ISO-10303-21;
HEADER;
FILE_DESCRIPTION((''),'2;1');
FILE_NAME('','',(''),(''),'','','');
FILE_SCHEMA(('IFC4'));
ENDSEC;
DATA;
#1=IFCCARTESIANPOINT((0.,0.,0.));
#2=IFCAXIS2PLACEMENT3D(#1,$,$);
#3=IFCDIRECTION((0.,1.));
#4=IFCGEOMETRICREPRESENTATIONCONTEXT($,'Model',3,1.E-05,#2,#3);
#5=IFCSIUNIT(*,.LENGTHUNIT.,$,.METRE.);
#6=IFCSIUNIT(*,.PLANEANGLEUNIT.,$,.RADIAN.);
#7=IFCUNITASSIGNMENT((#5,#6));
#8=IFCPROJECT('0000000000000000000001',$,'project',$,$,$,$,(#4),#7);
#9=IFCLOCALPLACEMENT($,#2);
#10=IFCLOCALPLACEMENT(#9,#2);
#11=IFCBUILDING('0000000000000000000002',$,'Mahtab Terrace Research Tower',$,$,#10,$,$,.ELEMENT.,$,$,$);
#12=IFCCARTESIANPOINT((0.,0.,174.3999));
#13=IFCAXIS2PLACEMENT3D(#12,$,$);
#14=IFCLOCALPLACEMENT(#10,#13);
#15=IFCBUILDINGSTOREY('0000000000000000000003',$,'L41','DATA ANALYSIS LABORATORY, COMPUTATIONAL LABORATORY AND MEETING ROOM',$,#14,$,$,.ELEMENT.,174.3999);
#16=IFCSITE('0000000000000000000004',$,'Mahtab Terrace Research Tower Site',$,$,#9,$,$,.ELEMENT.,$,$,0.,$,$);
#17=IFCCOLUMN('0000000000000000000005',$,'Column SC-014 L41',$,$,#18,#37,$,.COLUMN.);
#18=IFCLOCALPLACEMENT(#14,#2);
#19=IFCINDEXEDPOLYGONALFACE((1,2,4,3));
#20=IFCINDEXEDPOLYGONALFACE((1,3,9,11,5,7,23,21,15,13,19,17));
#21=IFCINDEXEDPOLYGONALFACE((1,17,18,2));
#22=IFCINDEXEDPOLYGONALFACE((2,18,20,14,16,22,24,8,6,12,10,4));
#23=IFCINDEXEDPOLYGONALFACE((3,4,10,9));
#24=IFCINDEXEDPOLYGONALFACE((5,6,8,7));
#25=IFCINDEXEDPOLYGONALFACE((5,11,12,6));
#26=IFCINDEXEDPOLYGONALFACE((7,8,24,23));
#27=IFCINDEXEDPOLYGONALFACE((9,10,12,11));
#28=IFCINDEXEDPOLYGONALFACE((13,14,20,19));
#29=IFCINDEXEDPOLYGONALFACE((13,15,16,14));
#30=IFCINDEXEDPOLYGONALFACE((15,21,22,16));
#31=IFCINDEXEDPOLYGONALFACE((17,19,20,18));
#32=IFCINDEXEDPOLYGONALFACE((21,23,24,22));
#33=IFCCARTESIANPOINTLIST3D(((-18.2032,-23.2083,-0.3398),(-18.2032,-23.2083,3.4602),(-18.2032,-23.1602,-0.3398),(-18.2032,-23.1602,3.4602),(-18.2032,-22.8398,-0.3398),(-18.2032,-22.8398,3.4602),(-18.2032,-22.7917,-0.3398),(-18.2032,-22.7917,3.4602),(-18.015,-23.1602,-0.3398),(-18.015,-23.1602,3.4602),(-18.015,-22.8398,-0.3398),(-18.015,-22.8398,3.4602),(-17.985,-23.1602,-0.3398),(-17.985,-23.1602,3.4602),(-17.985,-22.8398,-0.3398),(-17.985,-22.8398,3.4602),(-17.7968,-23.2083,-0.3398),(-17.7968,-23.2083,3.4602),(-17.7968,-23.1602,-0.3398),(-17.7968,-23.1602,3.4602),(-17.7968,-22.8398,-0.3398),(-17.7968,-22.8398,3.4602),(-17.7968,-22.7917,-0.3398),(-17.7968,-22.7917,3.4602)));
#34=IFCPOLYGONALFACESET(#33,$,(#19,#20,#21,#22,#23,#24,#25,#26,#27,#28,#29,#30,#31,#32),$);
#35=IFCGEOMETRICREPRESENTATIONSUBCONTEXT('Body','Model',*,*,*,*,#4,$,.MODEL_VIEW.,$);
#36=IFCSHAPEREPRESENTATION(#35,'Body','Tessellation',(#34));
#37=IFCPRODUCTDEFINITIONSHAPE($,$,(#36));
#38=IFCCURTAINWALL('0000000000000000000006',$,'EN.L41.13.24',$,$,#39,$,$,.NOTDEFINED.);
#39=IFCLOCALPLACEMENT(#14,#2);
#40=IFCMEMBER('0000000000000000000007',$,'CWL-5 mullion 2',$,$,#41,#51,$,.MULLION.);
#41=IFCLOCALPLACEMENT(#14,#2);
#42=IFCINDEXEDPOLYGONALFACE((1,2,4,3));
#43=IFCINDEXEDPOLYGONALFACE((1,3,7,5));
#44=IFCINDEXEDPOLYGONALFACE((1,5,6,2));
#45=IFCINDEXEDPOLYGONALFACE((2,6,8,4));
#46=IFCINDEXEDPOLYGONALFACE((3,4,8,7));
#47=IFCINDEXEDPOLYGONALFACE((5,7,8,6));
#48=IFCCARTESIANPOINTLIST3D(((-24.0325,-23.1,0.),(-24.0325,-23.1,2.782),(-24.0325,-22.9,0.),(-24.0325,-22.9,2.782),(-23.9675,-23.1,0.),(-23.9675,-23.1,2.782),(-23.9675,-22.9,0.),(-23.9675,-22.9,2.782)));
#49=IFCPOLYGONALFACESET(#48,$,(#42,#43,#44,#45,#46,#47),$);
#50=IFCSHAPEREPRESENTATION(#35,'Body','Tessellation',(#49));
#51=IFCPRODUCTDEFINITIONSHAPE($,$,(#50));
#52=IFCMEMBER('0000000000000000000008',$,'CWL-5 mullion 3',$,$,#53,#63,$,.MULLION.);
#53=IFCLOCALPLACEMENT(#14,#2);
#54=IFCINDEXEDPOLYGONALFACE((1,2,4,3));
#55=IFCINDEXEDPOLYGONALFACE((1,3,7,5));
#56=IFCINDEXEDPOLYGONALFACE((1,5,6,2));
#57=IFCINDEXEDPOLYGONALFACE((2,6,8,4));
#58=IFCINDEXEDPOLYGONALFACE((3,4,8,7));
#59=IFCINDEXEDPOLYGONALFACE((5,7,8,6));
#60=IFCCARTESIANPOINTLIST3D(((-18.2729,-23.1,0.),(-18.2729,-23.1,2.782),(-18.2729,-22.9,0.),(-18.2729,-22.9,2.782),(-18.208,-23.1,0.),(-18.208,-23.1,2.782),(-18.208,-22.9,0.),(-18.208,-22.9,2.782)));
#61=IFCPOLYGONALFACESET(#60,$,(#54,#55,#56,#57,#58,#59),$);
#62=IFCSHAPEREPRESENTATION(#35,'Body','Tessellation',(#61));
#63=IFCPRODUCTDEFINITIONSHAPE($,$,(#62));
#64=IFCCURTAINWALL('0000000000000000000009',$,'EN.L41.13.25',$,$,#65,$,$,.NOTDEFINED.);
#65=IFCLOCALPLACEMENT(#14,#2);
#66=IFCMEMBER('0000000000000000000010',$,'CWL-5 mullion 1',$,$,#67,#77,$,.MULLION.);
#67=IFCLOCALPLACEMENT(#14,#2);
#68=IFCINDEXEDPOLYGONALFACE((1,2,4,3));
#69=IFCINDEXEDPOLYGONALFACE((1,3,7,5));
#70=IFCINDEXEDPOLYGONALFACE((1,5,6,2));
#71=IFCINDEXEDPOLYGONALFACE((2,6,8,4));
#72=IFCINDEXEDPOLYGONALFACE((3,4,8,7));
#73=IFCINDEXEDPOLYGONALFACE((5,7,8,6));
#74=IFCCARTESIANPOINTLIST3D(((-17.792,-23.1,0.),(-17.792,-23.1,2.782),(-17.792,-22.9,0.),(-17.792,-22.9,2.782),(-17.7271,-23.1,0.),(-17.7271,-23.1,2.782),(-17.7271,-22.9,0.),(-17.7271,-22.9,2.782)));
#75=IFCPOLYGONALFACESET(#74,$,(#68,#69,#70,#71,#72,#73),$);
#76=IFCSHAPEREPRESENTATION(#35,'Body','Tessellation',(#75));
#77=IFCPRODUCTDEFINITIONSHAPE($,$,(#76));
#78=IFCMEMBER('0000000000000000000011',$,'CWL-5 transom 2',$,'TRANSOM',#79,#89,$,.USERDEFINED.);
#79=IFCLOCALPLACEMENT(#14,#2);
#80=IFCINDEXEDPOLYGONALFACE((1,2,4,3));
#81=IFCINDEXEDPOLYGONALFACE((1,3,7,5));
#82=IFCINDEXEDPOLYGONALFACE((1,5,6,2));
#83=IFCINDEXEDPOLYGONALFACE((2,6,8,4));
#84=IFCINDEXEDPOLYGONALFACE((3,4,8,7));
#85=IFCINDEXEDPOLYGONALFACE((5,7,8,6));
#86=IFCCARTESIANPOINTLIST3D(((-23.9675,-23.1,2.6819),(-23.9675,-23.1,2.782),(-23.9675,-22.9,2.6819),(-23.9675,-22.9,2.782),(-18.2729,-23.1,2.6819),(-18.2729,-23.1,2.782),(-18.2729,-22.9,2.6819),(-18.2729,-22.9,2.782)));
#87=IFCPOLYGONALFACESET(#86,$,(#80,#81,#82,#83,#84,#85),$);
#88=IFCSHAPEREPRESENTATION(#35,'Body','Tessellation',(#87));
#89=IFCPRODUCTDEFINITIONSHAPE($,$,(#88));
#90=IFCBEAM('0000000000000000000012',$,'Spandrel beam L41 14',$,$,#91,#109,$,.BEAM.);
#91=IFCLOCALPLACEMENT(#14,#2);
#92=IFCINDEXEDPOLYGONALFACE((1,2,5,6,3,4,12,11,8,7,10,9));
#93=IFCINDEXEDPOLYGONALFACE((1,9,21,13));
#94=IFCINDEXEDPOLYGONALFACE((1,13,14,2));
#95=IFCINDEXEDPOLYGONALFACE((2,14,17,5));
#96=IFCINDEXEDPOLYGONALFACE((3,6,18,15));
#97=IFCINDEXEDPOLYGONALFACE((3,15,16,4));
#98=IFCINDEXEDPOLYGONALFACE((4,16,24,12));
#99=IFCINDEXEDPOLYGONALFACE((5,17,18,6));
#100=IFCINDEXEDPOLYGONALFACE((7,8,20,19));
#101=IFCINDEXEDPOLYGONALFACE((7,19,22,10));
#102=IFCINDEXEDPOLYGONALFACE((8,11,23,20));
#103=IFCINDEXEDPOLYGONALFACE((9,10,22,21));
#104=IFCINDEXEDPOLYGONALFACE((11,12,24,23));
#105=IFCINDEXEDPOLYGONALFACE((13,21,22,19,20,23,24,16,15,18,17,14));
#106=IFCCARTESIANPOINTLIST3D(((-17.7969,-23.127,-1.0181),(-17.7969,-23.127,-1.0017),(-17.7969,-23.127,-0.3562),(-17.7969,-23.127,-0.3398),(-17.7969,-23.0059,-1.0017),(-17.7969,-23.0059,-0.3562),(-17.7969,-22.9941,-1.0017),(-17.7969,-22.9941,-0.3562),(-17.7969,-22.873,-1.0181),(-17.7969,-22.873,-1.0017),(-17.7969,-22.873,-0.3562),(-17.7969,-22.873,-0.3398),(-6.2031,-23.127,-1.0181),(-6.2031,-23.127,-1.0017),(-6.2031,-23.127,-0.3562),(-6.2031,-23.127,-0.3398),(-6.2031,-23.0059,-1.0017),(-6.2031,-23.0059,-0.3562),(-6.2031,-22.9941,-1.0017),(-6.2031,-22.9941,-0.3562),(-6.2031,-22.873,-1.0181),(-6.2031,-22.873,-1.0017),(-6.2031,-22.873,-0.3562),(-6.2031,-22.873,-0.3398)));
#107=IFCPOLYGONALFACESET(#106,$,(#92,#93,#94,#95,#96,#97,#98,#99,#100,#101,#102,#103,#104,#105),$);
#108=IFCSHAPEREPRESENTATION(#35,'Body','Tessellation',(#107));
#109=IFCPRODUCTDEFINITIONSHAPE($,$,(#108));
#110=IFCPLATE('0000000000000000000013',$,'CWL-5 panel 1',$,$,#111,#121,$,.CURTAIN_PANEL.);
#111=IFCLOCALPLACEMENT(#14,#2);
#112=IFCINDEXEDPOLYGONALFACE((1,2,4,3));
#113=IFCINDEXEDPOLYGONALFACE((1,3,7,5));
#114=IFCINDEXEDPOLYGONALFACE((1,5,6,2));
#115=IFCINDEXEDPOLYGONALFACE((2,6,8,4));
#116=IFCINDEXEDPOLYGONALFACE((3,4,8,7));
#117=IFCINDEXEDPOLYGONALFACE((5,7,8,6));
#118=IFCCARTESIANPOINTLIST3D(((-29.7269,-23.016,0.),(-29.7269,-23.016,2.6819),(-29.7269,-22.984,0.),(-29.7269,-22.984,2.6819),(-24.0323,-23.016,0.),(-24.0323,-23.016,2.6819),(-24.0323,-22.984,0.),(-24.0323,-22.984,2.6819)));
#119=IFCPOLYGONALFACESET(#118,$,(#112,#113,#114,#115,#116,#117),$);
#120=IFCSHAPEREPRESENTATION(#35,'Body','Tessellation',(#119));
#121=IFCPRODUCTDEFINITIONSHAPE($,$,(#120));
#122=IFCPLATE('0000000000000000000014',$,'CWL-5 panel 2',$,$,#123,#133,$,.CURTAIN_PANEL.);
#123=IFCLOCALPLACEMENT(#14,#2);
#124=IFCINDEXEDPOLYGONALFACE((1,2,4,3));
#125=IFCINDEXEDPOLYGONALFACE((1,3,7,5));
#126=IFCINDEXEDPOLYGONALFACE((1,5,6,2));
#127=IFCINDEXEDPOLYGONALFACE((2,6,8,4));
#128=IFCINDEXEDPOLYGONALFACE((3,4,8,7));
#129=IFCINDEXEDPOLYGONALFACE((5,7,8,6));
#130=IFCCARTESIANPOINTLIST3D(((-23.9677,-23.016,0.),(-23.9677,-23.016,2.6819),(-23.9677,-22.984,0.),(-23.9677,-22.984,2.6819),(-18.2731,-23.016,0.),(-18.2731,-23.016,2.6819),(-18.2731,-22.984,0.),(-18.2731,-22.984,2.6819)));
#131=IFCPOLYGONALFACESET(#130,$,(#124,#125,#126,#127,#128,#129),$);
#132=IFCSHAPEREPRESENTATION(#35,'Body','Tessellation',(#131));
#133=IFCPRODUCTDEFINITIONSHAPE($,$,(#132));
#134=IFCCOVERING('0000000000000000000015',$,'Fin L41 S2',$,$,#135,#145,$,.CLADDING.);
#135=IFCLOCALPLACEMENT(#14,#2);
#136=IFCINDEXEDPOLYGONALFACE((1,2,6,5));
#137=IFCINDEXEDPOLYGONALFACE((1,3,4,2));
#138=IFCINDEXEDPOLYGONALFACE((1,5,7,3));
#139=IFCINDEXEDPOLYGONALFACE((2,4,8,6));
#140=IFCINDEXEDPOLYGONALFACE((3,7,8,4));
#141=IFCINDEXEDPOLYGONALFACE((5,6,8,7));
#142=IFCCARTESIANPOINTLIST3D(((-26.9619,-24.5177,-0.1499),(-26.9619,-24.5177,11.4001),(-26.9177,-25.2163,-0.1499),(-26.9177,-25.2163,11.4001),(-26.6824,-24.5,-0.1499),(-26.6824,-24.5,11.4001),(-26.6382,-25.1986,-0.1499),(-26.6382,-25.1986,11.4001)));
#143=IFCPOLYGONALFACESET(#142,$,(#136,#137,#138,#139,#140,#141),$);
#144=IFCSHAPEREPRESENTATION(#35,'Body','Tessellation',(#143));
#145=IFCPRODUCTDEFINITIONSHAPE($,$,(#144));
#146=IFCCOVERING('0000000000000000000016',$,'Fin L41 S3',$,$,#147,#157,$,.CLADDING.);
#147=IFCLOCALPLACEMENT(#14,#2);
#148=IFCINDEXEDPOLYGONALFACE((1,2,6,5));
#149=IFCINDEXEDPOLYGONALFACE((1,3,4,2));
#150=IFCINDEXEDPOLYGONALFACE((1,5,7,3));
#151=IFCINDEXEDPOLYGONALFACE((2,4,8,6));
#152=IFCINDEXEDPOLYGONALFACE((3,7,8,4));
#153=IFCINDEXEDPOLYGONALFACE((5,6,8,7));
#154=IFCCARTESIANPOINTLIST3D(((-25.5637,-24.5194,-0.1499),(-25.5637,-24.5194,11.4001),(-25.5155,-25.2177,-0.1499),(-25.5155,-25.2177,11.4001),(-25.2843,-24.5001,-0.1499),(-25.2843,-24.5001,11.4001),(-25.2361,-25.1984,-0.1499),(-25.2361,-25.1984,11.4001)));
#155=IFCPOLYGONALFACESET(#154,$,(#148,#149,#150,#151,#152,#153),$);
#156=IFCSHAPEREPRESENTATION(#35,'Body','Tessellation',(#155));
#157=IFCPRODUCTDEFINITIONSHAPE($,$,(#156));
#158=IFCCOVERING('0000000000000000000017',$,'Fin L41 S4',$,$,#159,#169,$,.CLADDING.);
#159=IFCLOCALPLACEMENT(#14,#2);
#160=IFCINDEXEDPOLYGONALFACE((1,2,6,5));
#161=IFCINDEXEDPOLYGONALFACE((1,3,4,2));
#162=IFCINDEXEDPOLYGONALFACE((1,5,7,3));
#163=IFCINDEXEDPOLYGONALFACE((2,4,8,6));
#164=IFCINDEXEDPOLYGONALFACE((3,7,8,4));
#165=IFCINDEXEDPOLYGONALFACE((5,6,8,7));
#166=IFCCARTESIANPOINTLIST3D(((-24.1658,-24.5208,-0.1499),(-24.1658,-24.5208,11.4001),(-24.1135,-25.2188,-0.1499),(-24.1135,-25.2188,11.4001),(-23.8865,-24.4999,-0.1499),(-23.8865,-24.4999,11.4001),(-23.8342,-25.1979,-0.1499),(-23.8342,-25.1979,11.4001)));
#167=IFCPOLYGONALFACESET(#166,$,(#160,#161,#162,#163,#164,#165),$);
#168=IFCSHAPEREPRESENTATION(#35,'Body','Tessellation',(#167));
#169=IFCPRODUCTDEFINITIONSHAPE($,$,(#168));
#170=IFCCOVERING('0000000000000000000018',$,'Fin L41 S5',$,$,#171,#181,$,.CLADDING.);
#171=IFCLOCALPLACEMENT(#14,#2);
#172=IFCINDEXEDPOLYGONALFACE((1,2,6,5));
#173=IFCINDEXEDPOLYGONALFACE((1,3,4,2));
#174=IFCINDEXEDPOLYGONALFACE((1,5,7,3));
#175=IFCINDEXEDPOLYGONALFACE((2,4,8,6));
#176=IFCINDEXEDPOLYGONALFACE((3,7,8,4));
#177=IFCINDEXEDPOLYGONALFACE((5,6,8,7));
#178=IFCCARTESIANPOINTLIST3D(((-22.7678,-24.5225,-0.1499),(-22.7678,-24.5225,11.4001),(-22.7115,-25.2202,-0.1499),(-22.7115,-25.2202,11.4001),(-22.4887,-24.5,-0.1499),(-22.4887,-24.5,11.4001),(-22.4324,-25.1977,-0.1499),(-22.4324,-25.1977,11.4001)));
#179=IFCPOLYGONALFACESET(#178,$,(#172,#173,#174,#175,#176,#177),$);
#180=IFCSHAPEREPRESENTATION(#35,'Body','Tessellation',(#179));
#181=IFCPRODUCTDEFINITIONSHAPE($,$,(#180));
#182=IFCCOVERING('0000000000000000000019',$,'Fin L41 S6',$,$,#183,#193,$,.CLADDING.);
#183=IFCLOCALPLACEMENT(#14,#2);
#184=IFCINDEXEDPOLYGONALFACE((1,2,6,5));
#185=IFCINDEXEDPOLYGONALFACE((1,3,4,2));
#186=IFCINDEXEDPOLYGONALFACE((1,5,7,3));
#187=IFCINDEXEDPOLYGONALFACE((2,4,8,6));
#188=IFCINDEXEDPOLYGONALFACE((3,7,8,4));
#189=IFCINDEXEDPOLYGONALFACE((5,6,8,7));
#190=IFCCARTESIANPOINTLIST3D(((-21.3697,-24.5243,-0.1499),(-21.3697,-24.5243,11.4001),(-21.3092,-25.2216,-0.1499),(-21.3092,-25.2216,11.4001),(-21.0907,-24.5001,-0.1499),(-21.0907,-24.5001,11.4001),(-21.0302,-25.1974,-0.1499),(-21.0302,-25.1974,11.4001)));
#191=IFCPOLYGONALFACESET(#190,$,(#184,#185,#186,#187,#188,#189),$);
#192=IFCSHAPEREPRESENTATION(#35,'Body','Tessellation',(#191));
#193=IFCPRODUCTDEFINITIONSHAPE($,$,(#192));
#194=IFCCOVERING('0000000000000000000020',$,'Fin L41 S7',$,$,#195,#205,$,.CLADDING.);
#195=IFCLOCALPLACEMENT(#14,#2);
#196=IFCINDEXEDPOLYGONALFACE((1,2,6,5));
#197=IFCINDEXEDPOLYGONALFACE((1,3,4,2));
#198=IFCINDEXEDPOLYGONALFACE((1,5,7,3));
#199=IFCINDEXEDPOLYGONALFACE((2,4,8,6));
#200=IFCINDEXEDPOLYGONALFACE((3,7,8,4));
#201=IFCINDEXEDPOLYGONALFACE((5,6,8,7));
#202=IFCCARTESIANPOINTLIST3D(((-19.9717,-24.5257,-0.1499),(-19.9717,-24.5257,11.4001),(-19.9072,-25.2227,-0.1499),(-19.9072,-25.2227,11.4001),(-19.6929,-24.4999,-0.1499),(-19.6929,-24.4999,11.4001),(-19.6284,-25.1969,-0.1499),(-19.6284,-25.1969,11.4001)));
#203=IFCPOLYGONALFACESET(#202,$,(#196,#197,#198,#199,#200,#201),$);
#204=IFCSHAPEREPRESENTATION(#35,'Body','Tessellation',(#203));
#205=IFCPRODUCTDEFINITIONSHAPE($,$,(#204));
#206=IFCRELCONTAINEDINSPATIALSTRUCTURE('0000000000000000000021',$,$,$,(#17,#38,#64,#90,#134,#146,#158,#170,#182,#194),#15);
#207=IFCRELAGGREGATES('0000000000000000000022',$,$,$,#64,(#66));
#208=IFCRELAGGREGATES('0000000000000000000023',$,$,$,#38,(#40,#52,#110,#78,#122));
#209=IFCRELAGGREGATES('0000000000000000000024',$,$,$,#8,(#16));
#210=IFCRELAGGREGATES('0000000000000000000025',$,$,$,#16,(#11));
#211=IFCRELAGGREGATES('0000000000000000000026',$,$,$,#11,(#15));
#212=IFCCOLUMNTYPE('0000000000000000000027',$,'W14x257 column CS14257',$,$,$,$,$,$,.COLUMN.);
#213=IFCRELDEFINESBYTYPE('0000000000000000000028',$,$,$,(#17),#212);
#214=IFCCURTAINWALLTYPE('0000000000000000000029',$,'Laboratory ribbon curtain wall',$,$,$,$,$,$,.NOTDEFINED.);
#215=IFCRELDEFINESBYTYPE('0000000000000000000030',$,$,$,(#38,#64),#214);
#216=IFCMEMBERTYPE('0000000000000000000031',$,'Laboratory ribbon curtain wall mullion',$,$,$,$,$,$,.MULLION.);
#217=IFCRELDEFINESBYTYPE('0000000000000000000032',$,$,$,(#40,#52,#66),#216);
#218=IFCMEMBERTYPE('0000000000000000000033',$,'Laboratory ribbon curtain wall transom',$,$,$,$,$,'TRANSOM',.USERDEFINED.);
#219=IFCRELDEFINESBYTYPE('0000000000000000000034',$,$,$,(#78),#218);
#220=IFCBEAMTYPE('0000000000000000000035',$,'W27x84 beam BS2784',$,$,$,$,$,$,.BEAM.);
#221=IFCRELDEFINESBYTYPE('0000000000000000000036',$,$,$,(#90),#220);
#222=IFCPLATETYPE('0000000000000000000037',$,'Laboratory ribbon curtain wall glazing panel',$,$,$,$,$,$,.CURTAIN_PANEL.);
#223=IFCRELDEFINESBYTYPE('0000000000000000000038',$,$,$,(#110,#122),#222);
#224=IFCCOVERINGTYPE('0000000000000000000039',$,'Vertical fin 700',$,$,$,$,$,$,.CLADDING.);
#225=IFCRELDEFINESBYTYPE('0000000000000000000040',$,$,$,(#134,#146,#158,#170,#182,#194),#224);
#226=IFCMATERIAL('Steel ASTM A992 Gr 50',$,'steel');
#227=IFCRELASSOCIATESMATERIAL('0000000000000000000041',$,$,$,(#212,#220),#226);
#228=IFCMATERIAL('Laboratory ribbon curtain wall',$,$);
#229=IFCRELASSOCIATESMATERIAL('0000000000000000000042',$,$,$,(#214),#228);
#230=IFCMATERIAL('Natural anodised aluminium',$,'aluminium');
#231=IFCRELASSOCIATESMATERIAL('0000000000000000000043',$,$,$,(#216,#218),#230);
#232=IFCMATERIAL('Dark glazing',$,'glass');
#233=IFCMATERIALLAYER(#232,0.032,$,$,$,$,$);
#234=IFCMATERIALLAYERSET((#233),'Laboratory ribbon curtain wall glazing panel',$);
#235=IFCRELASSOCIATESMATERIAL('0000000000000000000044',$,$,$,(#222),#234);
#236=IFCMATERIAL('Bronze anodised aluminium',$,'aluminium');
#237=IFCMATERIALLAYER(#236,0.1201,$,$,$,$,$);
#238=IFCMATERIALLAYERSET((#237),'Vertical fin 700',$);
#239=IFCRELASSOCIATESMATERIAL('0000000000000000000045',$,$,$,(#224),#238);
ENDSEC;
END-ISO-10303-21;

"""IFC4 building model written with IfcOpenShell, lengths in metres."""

from ifc_helpers import new_model, si_unit, direction, frame, origin, origin_2d, place, context, subcontext, project, spatial, rectangle, i_section, extrude, material, layer, layer_set, material_profile, profile_set, type_object, element, aggregate, save


model = new_model("IFC4")

# Units and contexts
model_context = context("Model", 3, precision=1e-05, world=origin(), true_north=direction((0.0, 1.0)))
body_context = subcontext(model_context, "Body", "Model", "MODEL_VIEW")
ifc_project = project(units=[si_unit("LENGTHUNIT", "METRE"), si_unit("PLANEANGLEUNIT", "RADIAN")], contexts=[model_context])

# Site, building, storey
site_placement = place(None, origin())
site = spatial("IfcSite", under=ifc_project, at=site_placement, Name="Mahtab Terrace Research Tower Site", CompositionType="ELEMENT", RefElevation=0.0)
building_placement = place(site_placement, origin())
building = spatial("IfcBuilding", under=site, at=building_placement, Name="Mahtab Terrace Research Tower", CompositionType="ELEMENT")
storey_placement = place(building_placement, frame((0.0, 0.0, 174.3999)))
storey = spatial("IfcBuildingStorey", under=building, at=storey_placement, Name="L41", Description="DATA ANALYSIS LABORATORY, COMPUTATIONAL LABORATORY AND MEETING ROOM", CompositionType="ELEMENT", Elevation=174.3999)

# Column
ifc_material_1 = material(Name="Steel ASTM A992 Gr 50", Category="steel")
ifc_material_profile_1 = material_profile(ifc_material_1, i_section(OverallWidth=0.4065, OverallDepth=0.4165, WebThickness=0.03, FlangeThickness=0.0481, at=origin_2d()), Name="W14X257")
ifc_profile_set_1 = profile_set([ifc_material_profile_1], Name="Steel ASTM A992 Gr 50")
column_type = type_object("IfcColumnType", Name="W14x257 column CS14257", PredefinedType="COLUMN", material=ifc_profile_set_1)
column_placement = place(storey_placement, frame((-18.0, -23.0, -0.3398), z_axis=(0.0, 0.0, 1.0), x_axis=(1.0, 0.0, 0.0)))
element("IfcColumn", 1, at=column_placement, inside=storey, type_object=column_type, Name="Column SC-014 L41", PredefinedType="COLUMN", context=body_context, shape_type="SweptSolid", body=[
    extrude(i_section(OverallWidth=0.4065, OverallDepth=0.4165, WebThickness=0.03, FlangeThickness=0.0481, at=origin_2d()), origin(), (0.0, 0.0, 1.0), 3.8),
])

# Curtain wall, members
ifc_material_2 = material(Name="Laboratory ribbon curtain wall")
curtain_wall_type = type_object("IfcCurtainWallType", Name="Laboratory ribbon curtain wall", PredefinedType="NOTDEFINED", material=ifc_material_2)
curtain_wall_1_placement = place(storey_placement, origin())
curtain_wall_1 = element("IfcCurtainWall", 2, at=curtain_wall_1_placement, inside=storey, type_object=curtain_wall_type, Name="EN.L41.13.24", PredefinedType="NOTDEFINED")
ifc_material_3 = material(Name="Natural anodised aluminium", Category="aluminium")
ifc_material_profile_2 = material_profile(ifc_material_3, rectangle(XDim=0.2, YDim=0.0649, at=origin_2d()), Name="MULLION 65x200")
ifc_profile_set_2 = profile_set([ifc_material_profile_2], Name="Natural anodised aluminium")
member_type_1 = type_object("IfcMemberType", Name="Laboratory ribbon curtain wall mullion", PredefinedType="MULLION", material=ifc_profile_set_2)
member_1_placement = place(storey_placement, frame((-24.0, -23.0, 0.0), z_axis=(0.0, 0.0, 1.0), x_axis=(0.0, 1.0, 0.0)))
member_1 = element("IfcMember", 3, at=member_1_placement, type_object=member_type_1, Name="CWL-5 mullion 2", PredefinedType="MULLION", context=body_context, shape_type="SweptSolid", body=[
    extrude(rectangle(XDim=0.2, YDim=0.0649, at=origin_2d()), origin(), (0.0, 0.0, 1.0), 2.782),
])
member_2_placement = place(storey_placement, frame((-18.2405, -23.0, 0.0), z_axis=(0.0, 0.0, 1.0), x_axis=(0.0, 1.0, 0.0)))
member_2 = element("IfcMember", 4, at=member_2_placement, type_object=member_type_1, Name="CWL-5 mullion 3", PredefinedType="MULLION", context=body_context, shape_type="SweptSolid", body=[
    extrude(rectangle(XDim=0.2, YDim=0.0649, at=origin_2d()), origin(), (0.0, 0.0, 1.0), 2.782),
])

# Curtain wall, member
curtain_wall_2_placement = place(storey_placement, origin())
curtain_wall_2 = element("IfcCurtainWall", 5, at=curtain_wall_2_placement, inside=storey, type_object=curtain_wall_type, Name="EN.L41.13.25", PredefinedType="NOTDEFINED")
member_3_placement = place(storey_placement, frame((-17.7595, -23.0, 0.0), z_axis=(0.0, 0.0, 1.0), x_axis=(0.0, 1.0, 0.0)))
member_3 = element("IfcMember", 6, at=member_3_placement, type_object=member_type_1, Name="CWL-5 mullion 1", PredefinedType="MULLION", context=body_context, shape_type="SweptSolid", body=[
    extrude(rectangle(XDim=0.2, YDim=0.0649, at=origin_2d()), origin(), (0.0, 0.0, 1.0), 2.782),
])
aggregate(curtain_wall_2, [member_3])

# Member
ifc_material_profile_3 = material_profile(ifc_material_3, rectangle(XDim=0.2, YDim=0.1001, at=origin_2d()), Name="TRANSOM 100x200")
ifc_profile_set_3 = profile_set([ifc_material_profile_3], Name="Natural anodised aluminium")
member_type_2 = type_object("IfcMemberType", Name="Laboratory ribbon curtain wall transom", ElementType="TRANSOM", PredefinedType="USERDEFINED", material=ifc_profile_set_3)
member_4_placement = place(storey_placement, frame((-23.9675, -23.0, 2.7319), z_axis=(1.0, 0.0, 0.0), x_axis=(0.0, 1.0, 0.0)))
member_4 = element("IfcMember", 7, at=member_4_placement, type_object=member_type_2, Name="CWL-5 transom 2", ObjectType="TRANSOM", PredefinedType="USERDEFINED", context=body_context, shape_type="SweptSolid", body=[
    extrude(rectangle(XDim=0.2, YDim=0.1001, at=origin_2d()), origin(), (0.0, 0.0, 1.0), 5.6946),
])

# Beam
ifc_material_profile_4 = material_profile(ifc_material_1, i_section(OverallWidth=0.2539, OverallDepth=0.6782, WebThickness=0.0117, FlangeThickness=0.0164, at=origin_2d()), Name="W27X84")
ifc_profile_set_4 = profile_set([ifc_material_profile_4], Name="Steel ASTM A992 Gr 50")
beam_type = type_object("IfcBeamType", Name="W27x84 beam BS2784", PredefinedType="BEAM", material=ifc_profile_set_4)
beam_placement = place(storey_placement, frame((-17.7969, -23.0, -0.679), z_axis=(1.0, 0.0, 0.0), x_axis=(0.0, 1.0, 0.0)))
element("IfcBeam", 8, at=beam_placement, inside=storey, type_object=beam_type, Name="Spandrel beam L41 14", PredefinedType="BEAM", context=body_context, shape_type="SweptSolid", body=[
    extrude(i_section(OverallWidth=0.2539, OverallDepth=0.6782, WebThickness=0.0117, FlangeThickness=0.0164, at=origin_2d()), origin(), (0.0, 0.0, 1.0), 11.5938),
])

# Plates
ifc_material_4 = material(Name="Dark glazing", Category="glass")
ifc_layer_1 = layer(ifc_material_4, 0.032)
ifc_layer_set_1 = layer_set([ifc_layer_1], Name="Laboratory ribbon curtain wall glazing panel")
plate_type = type_object("IfcPlateType", Name="Laboratory ribbon curtain wall glazing panel", PredefinedType="CURTAIN_PANEL", material=ifc_layer_set_1)
plate_1_placement = place(storey_placement, frame((-26.8796, -23.0, 0.0), z_axis=(0.0, 0.0, 1.0), x_axis=(1.0, 0.0, 0.0)))
plate_1 = element("IfcPlate", 9, at=plate_1_placement, type_object=plate_type, Name="CWL-5 panel 1", PredefinedType="CURTAIN_PANEL", context=body_context, shape_type="SweptSolid", body=[
    extrude(rectangle(XDim=5.6946, YDim=0.032, at=origin_2d()), origin(), (0.0, 0.0, 1.0), 2.6819),
])
plate_2_placement = place(storey_placement, frame((-21.1204, -23.0, 0.0), z_axis=(0.0, 0.0, 1.0), x_axis=(1.0, 0.0, 0.0)))
plate_2 = element("IfcPlate", 10, at=plate_2_placement, type_object=plate_type, Name="CWL-5 panel 2", PredefinedType="CURTAIN_PANEL", context=body_context, shape_type="SweptSolid", body=[
    extrude(rectangle(XDim=5.6946, YDim=0.032, at=origin_2d()), origin(), (0.0, 0.0, 1.0), 2.6819),
])
aggregate(curtain_wall_1, [member_1, member_2, plate_1, member_4, plate_2])

# Coverings
ifc_material_5 = material(Name="Bronze anodised aluminium", Category="aluminium")
ifc_layer_2 = layer(ifc_material_5, 0.1201)
ifc_layer_set_2 = layer_set([ifc_layer_2], Name="Vertical fin 700")
covering_type = type_object("IfcCoveringType", Name="Vertical fin 700", PredefinedType="CLADDING", material=ifc_layer_set_2)
for number, where, z_axis, x_axis, name in (
    (11, (-26.8, -24.8582, -0.1499), (0.0, 0.0, 1.0), (0.998006, 0.063122, 0.0), "Fin L41 S2"),
    (12, (-25.3999, -24.8589, -0.1499), (0.0, 0.0, 1.0), (0.997622, 0.068927, 0.0), "Fin L41 S3"),
    (13, (-24.0, -24.8594, -0.1499), (0.0, 0.0, 1.0), (0.997204, 0.07473, 0.0), "Fin L41 S4"),
    (14, (-22.6001, -24.8601, -0.1499), (0.0, 0.0, 1.0), (0.996752, 0.08053, 0.0), "Fin L41 S5"),
    (15, (-21.2, -24.8608, -0.1499), (0.0, 0.0, 1.0), (0.996267, 0.086328, 0.0), "Fin L41 S6"),
    (16, (-19.8, -24.8613, -0.1499), (0.0, 0.0, 1.0), (0.995748, 0.092122, 0.0), "Fin L41 S7"),
):
    element("IfcCovering", number, at=place(storey_placement, frame(where, z_axis=z_axis, x_axis=x_axis)), inside=storey, type_object=covering_type, Name=name, PredefinedType="CLADDING", context=body_context, shape_type="SweptSolid", body=[
        extrude(rectangle(XDim=0.28, YDim=0.7, at=origin_2d()), origin(), (0.0, 0.0, 1.0), 11.55),
    ])

save(model, "model.ifc")
